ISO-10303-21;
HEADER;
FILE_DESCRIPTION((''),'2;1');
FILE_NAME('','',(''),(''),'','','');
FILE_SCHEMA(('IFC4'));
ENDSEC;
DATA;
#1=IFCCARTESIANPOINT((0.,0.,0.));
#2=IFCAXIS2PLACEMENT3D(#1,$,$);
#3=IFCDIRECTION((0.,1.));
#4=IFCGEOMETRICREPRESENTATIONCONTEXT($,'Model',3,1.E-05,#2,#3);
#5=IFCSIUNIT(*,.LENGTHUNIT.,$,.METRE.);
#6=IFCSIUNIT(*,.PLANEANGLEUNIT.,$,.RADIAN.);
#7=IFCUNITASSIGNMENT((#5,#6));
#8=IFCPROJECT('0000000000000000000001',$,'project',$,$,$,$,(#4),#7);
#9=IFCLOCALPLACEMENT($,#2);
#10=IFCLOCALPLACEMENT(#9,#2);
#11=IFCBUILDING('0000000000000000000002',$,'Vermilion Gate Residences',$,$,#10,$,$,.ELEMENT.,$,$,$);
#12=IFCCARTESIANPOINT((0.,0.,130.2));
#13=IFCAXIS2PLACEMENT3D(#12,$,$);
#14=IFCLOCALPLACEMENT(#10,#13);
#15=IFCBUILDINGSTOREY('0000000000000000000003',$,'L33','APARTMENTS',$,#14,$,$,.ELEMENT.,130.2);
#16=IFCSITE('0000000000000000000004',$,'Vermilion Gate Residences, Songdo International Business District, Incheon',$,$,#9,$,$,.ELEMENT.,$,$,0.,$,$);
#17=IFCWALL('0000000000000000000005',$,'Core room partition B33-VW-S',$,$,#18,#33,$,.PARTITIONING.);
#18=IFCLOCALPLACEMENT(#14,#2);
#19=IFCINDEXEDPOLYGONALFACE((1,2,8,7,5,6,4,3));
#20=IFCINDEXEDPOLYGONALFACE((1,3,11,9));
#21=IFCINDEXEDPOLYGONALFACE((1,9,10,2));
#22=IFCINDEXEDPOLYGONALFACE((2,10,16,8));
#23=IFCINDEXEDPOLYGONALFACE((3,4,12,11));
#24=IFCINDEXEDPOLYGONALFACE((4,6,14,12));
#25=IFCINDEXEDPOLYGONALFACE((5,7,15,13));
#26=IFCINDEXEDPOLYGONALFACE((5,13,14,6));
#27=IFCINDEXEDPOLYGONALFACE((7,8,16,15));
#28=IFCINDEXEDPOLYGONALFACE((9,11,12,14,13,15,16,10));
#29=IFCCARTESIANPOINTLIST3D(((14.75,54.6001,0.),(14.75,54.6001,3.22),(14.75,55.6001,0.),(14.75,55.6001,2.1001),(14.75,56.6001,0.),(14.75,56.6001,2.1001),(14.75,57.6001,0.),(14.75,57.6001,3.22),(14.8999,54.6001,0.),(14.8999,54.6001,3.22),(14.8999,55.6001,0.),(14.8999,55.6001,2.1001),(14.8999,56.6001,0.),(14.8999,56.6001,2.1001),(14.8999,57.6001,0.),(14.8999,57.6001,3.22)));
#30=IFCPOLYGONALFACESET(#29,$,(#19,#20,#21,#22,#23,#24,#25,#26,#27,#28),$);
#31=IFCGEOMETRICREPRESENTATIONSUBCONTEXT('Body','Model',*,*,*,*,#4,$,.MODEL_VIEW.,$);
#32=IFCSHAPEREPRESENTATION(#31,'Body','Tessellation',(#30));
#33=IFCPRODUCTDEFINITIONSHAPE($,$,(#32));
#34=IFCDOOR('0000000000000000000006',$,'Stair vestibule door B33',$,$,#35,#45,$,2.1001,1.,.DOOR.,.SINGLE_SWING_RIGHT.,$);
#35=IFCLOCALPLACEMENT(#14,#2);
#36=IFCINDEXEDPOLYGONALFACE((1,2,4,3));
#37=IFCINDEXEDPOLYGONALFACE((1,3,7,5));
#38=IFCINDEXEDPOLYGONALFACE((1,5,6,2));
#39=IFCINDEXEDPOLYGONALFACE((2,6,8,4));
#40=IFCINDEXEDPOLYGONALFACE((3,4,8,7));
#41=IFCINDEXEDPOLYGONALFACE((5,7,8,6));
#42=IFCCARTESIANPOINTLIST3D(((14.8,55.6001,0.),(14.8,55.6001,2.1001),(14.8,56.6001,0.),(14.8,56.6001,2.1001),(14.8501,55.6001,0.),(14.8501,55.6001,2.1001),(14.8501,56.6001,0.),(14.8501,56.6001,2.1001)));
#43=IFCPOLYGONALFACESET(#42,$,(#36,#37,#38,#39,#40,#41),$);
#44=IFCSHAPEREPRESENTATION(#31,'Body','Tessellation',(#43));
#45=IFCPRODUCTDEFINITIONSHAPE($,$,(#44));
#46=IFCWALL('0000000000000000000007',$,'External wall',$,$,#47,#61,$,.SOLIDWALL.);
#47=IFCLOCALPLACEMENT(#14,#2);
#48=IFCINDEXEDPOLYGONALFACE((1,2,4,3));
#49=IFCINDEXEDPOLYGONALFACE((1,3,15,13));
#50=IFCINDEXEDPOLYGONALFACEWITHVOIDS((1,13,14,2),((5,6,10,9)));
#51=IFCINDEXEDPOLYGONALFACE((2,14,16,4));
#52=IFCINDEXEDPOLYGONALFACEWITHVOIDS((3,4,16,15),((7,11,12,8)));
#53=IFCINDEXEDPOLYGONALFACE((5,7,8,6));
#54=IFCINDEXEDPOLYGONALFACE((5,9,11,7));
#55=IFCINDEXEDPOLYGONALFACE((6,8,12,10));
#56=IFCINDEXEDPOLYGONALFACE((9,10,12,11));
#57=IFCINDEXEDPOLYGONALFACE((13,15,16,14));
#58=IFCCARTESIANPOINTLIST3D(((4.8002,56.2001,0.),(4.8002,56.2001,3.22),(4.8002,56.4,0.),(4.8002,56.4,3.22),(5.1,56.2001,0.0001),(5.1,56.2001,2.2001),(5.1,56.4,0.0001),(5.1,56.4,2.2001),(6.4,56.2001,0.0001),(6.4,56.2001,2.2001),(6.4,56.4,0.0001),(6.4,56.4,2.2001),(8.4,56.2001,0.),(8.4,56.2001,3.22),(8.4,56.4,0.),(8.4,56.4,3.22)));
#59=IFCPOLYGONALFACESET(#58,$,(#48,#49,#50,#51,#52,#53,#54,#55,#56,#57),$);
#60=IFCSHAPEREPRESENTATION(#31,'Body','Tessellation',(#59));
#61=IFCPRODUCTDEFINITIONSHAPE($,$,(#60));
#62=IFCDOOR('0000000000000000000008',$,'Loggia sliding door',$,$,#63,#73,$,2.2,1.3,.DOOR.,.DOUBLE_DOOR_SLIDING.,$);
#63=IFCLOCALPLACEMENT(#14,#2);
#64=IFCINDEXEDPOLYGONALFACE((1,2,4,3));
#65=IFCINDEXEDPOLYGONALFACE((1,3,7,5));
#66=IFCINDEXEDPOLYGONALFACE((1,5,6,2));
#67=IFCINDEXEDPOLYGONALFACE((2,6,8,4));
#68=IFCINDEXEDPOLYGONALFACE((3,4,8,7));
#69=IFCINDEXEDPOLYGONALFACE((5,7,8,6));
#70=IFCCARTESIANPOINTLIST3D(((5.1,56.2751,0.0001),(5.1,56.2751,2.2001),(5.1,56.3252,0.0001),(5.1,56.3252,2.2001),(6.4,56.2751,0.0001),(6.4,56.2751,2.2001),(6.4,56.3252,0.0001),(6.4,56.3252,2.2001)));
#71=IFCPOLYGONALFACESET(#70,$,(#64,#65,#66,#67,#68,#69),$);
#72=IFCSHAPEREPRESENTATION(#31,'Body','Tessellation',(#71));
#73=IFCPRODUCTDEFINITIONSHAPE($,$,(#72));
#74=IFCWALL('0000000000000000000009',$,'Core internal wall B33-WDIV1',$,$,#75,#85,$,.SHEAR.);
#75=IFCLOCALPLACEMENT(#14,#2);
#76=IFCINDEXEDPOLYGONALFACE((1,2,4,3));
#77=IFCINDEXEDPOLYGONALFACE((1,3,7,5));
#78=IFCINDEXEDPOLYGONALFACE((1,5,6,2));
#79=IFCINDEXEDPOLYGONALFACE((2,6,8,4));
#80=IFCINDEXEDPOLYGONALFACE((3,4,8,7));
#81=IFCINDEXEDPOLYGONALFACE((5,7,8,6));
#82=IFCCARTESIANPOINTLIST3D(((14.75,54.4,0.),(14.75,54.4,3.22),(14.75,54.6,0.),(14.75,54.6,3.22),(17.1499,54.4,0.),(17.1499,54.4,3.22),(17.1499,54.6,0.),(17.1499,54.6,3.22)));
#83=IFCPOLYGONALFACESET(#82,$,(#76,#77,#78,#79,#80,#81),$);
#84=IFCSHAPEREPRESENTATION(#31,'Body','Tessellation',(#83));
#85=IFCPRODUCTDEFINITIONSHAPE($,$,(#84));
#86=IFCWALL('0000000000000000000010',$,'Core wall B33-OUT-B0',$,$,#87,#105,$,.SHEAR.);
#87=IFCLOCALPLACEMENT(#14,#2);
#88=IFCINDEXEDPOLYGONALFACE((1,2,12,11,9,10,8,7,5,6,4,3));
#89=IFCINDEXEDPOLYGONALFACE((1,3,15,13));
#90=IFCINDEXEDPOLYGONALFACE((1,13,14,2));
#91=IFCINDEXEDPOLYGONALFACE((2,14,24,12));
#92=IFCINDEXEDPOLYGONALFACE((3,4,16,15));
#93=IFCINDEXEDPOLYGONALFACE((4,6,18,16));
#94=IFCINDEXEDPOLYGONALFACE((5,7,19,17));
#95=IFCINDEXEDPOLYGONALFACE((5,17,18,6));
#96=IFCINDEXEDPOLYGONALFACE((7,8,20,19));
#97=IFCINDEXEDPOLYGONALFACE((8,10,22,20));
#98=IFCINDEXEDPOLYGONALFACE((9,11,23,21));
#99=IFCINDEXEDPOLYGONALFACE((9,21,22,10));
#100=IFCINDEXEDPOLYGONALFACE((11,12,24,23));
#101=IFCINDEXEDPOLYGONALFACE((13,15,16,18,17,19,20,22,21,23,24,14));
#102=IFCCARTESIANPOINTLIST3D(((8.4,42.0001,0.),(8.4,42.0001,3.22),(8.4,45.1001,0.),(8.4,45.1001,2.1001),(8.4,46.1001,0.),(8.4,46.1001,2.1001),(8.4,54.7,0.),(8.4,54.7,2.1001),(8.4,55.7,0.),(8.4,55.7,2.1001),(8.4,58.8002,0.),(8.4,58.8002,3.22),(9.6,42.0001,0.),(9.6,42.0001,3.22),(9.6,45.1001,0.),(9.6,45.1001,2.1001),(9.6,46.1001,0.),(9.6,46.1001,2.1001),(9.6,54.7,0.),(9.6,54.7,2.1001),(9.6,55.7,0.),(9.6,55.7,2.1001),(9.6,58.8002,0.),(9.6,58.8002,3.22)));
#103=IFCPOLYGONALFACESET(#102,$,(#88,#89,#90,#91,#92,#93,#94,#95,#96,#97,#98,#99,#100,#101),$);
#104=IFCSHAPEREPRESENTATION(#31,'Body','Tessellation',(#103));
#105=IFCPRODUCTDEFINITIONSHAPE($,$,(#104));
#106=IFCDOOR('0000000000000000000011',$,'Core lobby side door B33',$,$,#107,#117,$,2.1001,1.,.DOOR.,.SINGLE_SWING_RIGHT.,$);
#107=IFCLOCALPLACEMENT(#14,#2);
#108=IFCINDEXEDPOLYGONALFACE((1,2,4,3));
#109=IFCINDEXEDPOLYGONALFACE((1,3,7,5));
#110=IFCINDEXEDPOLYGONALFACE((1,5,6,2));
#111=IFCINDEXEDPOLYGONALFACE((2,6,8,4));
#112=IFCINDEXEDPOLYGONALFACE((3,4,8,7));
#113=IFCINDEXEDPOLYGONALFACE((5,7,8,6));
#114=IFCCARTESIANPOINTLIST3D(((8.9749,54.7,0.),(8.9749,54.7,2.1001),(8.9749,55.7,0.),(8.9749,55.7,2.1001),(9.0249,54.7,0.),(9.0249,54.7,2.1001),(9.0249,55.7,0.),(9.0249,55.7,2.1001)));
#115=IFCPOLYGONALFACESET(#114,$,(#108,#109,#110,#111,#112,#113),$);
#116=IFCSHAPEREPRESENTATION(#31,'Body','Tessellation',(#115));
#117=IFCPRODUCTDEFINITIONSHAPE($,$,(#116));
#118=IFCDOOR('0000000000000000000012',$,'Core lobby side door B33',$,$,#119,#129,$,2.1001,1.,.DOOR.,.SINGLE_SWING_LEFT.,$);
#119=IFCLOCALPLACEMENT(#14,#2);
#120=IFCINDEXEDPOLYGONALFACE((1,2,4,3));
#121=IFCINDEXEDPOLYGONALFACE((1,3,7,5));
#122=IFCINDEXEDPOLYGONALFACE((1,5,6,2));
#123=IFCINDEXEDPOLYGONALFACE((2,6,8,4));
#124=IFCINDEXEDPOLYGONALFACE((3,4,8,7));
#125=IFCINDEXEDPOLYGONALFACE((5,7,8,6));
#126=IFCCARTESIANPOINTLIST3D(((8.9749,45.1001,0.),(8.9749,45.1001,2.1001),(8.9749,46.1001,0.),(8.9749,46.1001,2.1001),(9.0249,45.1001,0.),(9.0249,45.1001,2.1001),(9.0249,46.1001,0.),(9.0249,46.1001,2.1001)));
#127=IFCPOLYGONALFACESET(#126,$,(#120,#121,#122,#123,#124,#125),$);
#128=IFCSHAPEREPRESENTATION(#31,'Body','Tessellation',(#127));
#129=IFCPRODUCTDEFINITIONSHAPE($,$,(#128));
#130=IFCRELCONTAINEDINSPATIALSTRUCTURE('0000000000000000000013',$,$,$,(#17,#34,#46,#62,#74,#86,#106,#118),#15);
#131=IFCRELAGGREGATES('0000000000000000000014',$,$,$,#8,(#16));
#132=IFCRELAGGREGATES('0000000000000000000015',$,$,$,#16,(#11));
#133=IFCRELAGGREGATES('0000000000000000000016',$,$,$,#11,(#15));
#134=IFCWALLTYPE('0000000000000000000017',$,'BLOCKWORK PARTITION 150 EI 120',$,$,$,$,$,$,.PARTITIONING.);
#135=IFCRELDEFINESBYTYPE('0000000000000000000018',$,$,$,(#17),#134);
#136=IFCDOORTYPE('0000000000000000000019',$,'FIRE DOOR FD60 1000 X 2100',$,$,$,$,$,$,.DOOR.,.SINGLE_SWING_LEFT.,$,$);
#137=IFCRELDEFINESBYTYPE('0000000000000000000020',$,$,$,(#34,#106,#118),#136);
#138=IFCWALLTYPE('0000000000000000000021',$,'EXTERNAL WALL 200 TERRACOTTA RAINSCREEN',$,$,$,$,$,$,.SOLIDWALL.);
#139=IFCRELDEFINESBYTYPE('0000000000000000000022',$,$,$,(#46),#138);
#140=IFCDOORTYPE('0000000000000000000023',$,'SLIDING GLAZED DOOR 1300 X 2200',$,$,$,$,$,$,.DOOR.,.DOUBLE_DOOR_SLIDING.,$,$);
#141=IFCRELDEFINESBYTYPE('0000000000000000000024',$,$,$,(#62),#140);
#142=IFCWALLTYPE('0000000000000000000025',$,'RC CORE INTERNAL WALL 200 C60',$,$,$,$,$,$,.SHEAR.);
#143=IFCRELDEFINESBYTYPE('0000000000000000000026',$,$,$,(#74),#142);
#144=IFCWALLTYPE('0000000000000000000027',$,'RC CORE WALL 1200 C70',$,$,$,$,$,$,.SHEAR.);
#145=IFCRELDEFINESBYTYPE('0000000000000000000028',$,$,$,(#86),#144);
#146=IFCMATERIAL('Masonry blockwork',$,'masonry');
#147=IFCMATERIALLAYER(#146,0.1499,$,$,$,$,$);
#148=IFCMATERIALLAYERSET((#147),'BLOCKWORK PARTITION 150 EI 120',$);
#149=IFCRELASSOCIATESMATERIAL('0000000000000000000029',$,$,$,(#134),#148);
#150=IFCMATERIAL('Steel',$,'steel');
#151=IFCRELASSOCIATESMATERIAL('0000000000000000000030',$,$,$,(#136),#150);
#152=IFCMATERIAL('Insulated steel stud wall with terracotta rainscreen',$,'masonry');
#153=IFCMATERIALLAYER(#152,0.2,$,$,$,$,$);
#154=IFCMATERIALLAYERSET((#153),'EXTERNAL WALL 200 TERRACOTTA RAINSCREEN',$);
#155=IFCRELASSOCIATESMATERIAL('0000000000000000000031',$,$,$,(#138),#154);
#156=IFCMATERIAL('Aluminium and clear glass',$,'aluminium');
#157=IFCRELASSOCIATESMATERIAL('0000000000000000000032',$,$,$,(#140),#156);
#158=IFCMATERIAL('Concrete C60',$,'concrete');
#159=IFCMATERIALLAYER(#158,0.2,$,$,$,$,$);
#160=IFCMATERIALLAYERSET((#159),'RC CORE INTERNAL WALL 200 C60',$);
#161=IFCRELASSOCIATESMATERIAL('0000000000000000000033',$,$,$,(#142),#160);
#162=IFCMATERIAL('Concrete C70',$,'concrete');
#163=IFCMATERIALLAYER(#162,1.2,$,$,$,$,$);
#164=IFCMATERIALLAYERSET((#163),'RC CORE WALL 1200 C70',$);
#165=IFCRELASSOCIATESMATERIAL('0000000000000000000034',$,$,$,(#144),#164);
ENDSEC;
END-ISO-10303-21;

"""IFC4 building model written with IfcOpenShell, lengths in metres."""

from ifc_helpers import new_model, si_unit, direction, frame, frame_2d, origin, place, context, subcontext, project, spatial, rectangle, extrude, material, layer, layer_set, type_object, element, fill, save


model = new_model("IFC4")

# Units and contexts
model_context = context("Model", 3, precision=1e-05, world=origin(), true_north=direction((0.0, 1.0)))
body_context = subcontext(model_context, "Body", "Model", "MODEL_VIEW")
ifc_project = project(units=[si_unit("LENGTHUNIT", "METRE"), si_unit("PLANEANGLEUNIT", "RADIAN")], contexts=[model_context])

# Site, building, storey
site_placement = place(None, origin())
site = spatial("IfcSite", under=ifc_project, at=site_placement, Name="Vermilion Gate Residences, Songdo International Business District, Incheon", CompositionType="ELEMENT", RefElevation=0.0)
building_placement = place(site_placement, origin())
building = spatial("IfcBuilding", under=site, at=building_placement, Name="Vermilion Gate Residences", CompositionType="ELEMENT")
storey_placement = place(building_placement, frame((0.0, 0.0, 130.2)))
storey = spatial("IfcBuildingStorey", under=building, at=storey_placement, Name="L33", Description="APARTMENTS", CompositionType="ELEMENT", Elevation=130.2)

# Walls, openings, doors
ifc_material_1 = material(Name="Masonry blockwork", Category="masonry")
ifc_layer_1 = layer(ifc_material_1, 0.1499)
ifc_layer_set_1 = layer_set([ifc_layer_1], Name="BLOCKWORK PARTITION 150 EI 120")
wall_type_1 = type_object("IfcWallType", Name="BLOCKWORK PARTITION 150 EI 120", PredefinedType="PARTITIONING", material=ifc_layer_set_1)
wall_1_placement = place(storey_placement, frame((14.825, 57.6001, 0.0), z_axis=(0.0, 0.0, 1.0), x_axis=(0.0, -1.0, 0.0)))
wall_1 = element("IfcWall", 1, at=wall_1_placement, inside=storey, type_object=wall_type_1, Name="Core room partition B33-VW-S", PredefinedType="PARTITIONING", context=body_context, shape_type="SweptSolid", body=[
    extrude(rectangle(XDim=3.0, YDim=0.1499, at=frame_2d((1.5, 0.0))), origin(), (0.0, 0.0, 1.0), 3.22),
])
opening_1_placement = place(wall_1_placement, frame((1.0, 0.0, 0.0)))
opening_1 = element("IfcOpeningElement", 2, at=opening_1_placement, cuts=wall_1, PredefinedType="OPENING", context=body_context, shape_type="SweptSolid", body=[
    extrude(rectangle(XDim=1.0, YDim=2.1001, at=frame_2d((0.5, 1.05))), frame((0.0, 0.085, 0.0), z_axis=(0.0, -1.0, 0.0), x_axis=(1.0, 0.0, 0.0)), (0.0, 0.0, 1.0), 0.1699),
])
ifc_material_2 = material(Name="Steel", Category="steel")
door_type_1 = type_object("IfcDoorType", Name="FIRE DOOR FD60 1000 X 2100", OperationType="SINGLE_SWING_LEFT", PredefinedType="DOOR", material=ifc_material_2)
door_1_placement = place(opening_1_placement, frame((1.0, 0.0, 0.0), z_axis=(0.0, 0.0, 1.0), x_axis=(-1.0, 0.0, 0.0)))
door_1 = element("IfcDoor", 3, at=door_1_placement, inside=storey, type_object=door_type_1, Name="Stair vestibule door B33", OperationType="SINGLE_SWING_RIGHT", OverallHeight=2.1001, OverallWidth=1.0, PredefinedType="DOOR", context=body_context, shape_type="SweptSolid", body=[
    extrude(rectangle(XDim=1.0, YDim=2.1001, at=frame_2d((0.5, 1.05))), frame((0.0, 0.0249, 0.0), z_axis=(0.0, -1.0, 0.0), x_axis=(1.0, 0.0, 0.0)), (0.0, 0.0, 1.0), 0.05),
])
fill(opening_1, door_1)
ifc_material_3 = material(Name="Insulated steel stud wall with terracotta rainscreen", Category="masonry")
ifc_layer_2 = layer(ifc_material_3, 0.2)
ifc_layer_set_2 = layer_set([ifc_layer_2], Name="EXTERNAL WALL 200 TERRACOTTA RAINSCREEN")
wall_type_2 = type_object("IfcWallType", Name="EXTERNAL WALL 200 TERRACOTTA RAINSCREEN", PredefinedType="SOLIDWALL", material=ifc_layer_set_2)
wall_2_placement = place(storey_placement, frame((8.3999, 56.3, 0.0), z_axis=(0.0, 0.0, 1.0), x_axis=(-1.0, 0.0, 0.0)))
wall_2 = element("IfcWall", 4, at=wall_2_placement, inside=storey, type_object=wall_type_2, Name="External wall", PredefinedType="SOLIDWALL", context=body_context, shape_type="SweptSolid", body=[
    extrude(rectangle(XDim=3.5999, YDim=0.2, at=frame_2d((1.7998, 0.0))), origin(), (0.0, 0.0, 1.0), 3.22),
])
opening_2_placement = place(wall_2_placement, frame((2.0, 0.0, 0.0)))
opening_2 = element("IfcOpeningElement", 5, at=opening_2_placement, cuts=wall_2, PredefinedType="OPENING", context=body_context, shape_type="SweptSolid", body=[
    extrude(rectangle(XDim=1.3, YDim=2.2, at=frame_2d((0.6499, 1.1001))), frame((0.0, 0.1099, 0.0), z_axis=(0.0, -1.0, 0.0), x_axis=(1.0, 0.0, 0.0)), (0.0, 0.0, 1.0), 0.22),
])
ifc_material_4 = material(Name="Aluminium and clear glass", Category="aluminium")
door_type_2 = type_object("IfcDoorType", Name="SLIDING GLAZED DOOR 1300 X 2200", OperationType="DOUBLE_DOOR_SLIDING", PredefinedType="DOOR", material=ifc_material_4)
door_2_placement = place(opening_2_placement, origin())
door_2 = element("IfcDoor", 6, at=door_2_placement, inside=storey, type_object=door_type_2, Name="Loggia sliding door", OperationType="DOUBLE_DOOR_SLIDING", OverallHeight=2.2, OverallWidth=1.3, PredefinedType="DOOR", context=body_context, shape_type="SweptSolid", body=[
    extrude(rectangle(XDim=1.3, YDim=2.2, at=frame_2d((0.6499, 1.1001))), frame((0.0, 0.0249, 0.0), z_axis=(0.0, -1.0, 0.0), x_axis=(1.0, 0.0, 0.0)), (0.0, 0.0, 1.0), 0.05),
])
fill(opening_2, door_2)

# Wall
ifc_material_5 = material(Name="Concrete C60", Category="concrete")
ifc_layer_3 = layer(ifc_material_5, 0.2)
ifc_layer_set_3 = layer_set([ifc_layer_3], Name="RC CORE INTERNAL WALL 200 C60")
wall_type_3 = type_object("IfcWallType", Name="RC CORE INTERNAL WALL 200 C60", PredefinedType="SHEAR", material=ifc_layer_set_3)
wall_3_placement = place(storey_placement, frame((14.75, 54.5, 0.0), z_axis=(0.0, 0.0, 1.0), x_axis=(1.0, 0.0, 0.0)))
element("IfcWall", 7, at=wall_3_placement, inside=storey, type_object=wall_type_3, Name="Core internal wall B33-WDIV1", PredefinedType="SHEAR", context=body_context, shape_type="SweptSolid", body=[
    extrude(rectangle(XDim=2.3999, YDim=0.2, at=frame_2d((1.2, 0.0))), origin(), (0.0, 0.0, 1.0), 3.22),
])

# Wall, openings, doors
ifc_material_6 = material(Name="Concrete C70", Category="concrete")
ifc_layer_4 = layer(ifc_material_6, 1.2)
ifc_layer_set_4 = layer_set([ifc_layer_4], Name="RC CORE WALL 1200 C70")
wall_type_4 = type_object("IfcWallType", Name="RC CORE WALL 1200 C70", PredefinedType="SHEAR", material=ifc_layer_set_4)
wall_4_placement = place(storey_placement, frame((9.0, 58.8, 0.0), z_axis=(0.0, 0.0, 1.0), x_axis=(0.0, -1.0, 0.0)))
wall_4 = element("IfcWall", 8, at=wall_4_placement, inside=storey, type_object=wall_type_4, Name="Core wall B33-OUT-B0", PredefinedType="SHEAR", context=body_context, shape_type="SweptSolid", body=[
    extrude(rectangle(XDim=16.8, YDim=1.2, at=frame_2d((8.3999, 0.0))), origin(), (0.0, 0.0, 1.0), 3.22),
])
opening_3_placement = place(wall_4_placement, frame((3.1001, 0.0, 0.0)))
opening_3 = element("IfcOpeningElement", 9, at=opening_3_placement, cuts=wall_4, PredefinedType="OPENING", context=body_context, shape_type="SweptSolid", body=[
    extrude(rectangle(XDim=1.0, YDim=2.1001, at=frame_2d((0.5, 1.05))), frame((0.0, 0.6099, 0.0), z_axis=(0.0, -1.0, 0.0), x_axis=(1.0, 0.0, 0.0)), (0.0, 0.0, 1.0), 1.22),
])
opening_4_placement = place(wall_4_placement, frame((12.7, 0.0, 0.0)))
opening_4 = element("IfcOpeningElement", 10, at=opening_4_placement, cuts=wall_4, PredefinedType="OPENING", context=body_context, shape_type="SweptSolid", body=[
    extrude(rectangle(XDim=1.0, YDim=2.1001, at=frame_2d((0.5, 1.05))), frame((0.0, 0.6099, 0.0), z_axis=(0.0, -1.0, 0.0), x_axis=(1.0, 0.0, 0.0)), (0.0, 0.0, 1.0), 1.22),
])
door_3_placement = place(opening_3_placement, origin())
door_3 = element("IfcDoor", 11, at=door_3_placement, inside=storey, type_object=door_type_1, Name="Core lobby side door B33", OperationType="SINGLE_SWING_RIGHT", OverallHeight=2.1001, OverallWidth=1.0, PredefinedType="DOOR", context=body_context, shape_type="SweptSolid", body=[
    extrude(rectangle(XDim=1.0, YDim=2.1001, at=frame_2d((0.5, 1.05))), frame((0.0, 0.0249, 0.0), z_axis=(0.0, -1.0, 0.0), x_axis=(1.0, 0.0, 0.0)), (0.0, 0.0, 1.0), 0.05),
])
fill(opening_3, door_3)
door_4_placement = place(opening_4_placement, origin())
door_4 = element("IfcDoor", 12, at=door_4_placement, inside=storey, type_object=door_type_1, Name="Core lobby side door B33", OperationType="SINGLE_SWING_LEFT", OverallHeight=2.1001, OverallWidth=1.0, PredefinedType="DOOR", context=body_context, shape_type="SweptSolid", body=[
    extrude(rectangle(XDim=1.0, YDim=2.1001, at=frame_2d((0.5, 1.05))), frame((0.0, 0.0249, 0.0), z_axis=(0.0, -1.0, 0.0), x_axis=(1.0, 0.0, 0.0)), (0.0, 0.0, 1.0), 0.05),
])
fill(opening_4, door_4)

save(model, "model.ifc")
